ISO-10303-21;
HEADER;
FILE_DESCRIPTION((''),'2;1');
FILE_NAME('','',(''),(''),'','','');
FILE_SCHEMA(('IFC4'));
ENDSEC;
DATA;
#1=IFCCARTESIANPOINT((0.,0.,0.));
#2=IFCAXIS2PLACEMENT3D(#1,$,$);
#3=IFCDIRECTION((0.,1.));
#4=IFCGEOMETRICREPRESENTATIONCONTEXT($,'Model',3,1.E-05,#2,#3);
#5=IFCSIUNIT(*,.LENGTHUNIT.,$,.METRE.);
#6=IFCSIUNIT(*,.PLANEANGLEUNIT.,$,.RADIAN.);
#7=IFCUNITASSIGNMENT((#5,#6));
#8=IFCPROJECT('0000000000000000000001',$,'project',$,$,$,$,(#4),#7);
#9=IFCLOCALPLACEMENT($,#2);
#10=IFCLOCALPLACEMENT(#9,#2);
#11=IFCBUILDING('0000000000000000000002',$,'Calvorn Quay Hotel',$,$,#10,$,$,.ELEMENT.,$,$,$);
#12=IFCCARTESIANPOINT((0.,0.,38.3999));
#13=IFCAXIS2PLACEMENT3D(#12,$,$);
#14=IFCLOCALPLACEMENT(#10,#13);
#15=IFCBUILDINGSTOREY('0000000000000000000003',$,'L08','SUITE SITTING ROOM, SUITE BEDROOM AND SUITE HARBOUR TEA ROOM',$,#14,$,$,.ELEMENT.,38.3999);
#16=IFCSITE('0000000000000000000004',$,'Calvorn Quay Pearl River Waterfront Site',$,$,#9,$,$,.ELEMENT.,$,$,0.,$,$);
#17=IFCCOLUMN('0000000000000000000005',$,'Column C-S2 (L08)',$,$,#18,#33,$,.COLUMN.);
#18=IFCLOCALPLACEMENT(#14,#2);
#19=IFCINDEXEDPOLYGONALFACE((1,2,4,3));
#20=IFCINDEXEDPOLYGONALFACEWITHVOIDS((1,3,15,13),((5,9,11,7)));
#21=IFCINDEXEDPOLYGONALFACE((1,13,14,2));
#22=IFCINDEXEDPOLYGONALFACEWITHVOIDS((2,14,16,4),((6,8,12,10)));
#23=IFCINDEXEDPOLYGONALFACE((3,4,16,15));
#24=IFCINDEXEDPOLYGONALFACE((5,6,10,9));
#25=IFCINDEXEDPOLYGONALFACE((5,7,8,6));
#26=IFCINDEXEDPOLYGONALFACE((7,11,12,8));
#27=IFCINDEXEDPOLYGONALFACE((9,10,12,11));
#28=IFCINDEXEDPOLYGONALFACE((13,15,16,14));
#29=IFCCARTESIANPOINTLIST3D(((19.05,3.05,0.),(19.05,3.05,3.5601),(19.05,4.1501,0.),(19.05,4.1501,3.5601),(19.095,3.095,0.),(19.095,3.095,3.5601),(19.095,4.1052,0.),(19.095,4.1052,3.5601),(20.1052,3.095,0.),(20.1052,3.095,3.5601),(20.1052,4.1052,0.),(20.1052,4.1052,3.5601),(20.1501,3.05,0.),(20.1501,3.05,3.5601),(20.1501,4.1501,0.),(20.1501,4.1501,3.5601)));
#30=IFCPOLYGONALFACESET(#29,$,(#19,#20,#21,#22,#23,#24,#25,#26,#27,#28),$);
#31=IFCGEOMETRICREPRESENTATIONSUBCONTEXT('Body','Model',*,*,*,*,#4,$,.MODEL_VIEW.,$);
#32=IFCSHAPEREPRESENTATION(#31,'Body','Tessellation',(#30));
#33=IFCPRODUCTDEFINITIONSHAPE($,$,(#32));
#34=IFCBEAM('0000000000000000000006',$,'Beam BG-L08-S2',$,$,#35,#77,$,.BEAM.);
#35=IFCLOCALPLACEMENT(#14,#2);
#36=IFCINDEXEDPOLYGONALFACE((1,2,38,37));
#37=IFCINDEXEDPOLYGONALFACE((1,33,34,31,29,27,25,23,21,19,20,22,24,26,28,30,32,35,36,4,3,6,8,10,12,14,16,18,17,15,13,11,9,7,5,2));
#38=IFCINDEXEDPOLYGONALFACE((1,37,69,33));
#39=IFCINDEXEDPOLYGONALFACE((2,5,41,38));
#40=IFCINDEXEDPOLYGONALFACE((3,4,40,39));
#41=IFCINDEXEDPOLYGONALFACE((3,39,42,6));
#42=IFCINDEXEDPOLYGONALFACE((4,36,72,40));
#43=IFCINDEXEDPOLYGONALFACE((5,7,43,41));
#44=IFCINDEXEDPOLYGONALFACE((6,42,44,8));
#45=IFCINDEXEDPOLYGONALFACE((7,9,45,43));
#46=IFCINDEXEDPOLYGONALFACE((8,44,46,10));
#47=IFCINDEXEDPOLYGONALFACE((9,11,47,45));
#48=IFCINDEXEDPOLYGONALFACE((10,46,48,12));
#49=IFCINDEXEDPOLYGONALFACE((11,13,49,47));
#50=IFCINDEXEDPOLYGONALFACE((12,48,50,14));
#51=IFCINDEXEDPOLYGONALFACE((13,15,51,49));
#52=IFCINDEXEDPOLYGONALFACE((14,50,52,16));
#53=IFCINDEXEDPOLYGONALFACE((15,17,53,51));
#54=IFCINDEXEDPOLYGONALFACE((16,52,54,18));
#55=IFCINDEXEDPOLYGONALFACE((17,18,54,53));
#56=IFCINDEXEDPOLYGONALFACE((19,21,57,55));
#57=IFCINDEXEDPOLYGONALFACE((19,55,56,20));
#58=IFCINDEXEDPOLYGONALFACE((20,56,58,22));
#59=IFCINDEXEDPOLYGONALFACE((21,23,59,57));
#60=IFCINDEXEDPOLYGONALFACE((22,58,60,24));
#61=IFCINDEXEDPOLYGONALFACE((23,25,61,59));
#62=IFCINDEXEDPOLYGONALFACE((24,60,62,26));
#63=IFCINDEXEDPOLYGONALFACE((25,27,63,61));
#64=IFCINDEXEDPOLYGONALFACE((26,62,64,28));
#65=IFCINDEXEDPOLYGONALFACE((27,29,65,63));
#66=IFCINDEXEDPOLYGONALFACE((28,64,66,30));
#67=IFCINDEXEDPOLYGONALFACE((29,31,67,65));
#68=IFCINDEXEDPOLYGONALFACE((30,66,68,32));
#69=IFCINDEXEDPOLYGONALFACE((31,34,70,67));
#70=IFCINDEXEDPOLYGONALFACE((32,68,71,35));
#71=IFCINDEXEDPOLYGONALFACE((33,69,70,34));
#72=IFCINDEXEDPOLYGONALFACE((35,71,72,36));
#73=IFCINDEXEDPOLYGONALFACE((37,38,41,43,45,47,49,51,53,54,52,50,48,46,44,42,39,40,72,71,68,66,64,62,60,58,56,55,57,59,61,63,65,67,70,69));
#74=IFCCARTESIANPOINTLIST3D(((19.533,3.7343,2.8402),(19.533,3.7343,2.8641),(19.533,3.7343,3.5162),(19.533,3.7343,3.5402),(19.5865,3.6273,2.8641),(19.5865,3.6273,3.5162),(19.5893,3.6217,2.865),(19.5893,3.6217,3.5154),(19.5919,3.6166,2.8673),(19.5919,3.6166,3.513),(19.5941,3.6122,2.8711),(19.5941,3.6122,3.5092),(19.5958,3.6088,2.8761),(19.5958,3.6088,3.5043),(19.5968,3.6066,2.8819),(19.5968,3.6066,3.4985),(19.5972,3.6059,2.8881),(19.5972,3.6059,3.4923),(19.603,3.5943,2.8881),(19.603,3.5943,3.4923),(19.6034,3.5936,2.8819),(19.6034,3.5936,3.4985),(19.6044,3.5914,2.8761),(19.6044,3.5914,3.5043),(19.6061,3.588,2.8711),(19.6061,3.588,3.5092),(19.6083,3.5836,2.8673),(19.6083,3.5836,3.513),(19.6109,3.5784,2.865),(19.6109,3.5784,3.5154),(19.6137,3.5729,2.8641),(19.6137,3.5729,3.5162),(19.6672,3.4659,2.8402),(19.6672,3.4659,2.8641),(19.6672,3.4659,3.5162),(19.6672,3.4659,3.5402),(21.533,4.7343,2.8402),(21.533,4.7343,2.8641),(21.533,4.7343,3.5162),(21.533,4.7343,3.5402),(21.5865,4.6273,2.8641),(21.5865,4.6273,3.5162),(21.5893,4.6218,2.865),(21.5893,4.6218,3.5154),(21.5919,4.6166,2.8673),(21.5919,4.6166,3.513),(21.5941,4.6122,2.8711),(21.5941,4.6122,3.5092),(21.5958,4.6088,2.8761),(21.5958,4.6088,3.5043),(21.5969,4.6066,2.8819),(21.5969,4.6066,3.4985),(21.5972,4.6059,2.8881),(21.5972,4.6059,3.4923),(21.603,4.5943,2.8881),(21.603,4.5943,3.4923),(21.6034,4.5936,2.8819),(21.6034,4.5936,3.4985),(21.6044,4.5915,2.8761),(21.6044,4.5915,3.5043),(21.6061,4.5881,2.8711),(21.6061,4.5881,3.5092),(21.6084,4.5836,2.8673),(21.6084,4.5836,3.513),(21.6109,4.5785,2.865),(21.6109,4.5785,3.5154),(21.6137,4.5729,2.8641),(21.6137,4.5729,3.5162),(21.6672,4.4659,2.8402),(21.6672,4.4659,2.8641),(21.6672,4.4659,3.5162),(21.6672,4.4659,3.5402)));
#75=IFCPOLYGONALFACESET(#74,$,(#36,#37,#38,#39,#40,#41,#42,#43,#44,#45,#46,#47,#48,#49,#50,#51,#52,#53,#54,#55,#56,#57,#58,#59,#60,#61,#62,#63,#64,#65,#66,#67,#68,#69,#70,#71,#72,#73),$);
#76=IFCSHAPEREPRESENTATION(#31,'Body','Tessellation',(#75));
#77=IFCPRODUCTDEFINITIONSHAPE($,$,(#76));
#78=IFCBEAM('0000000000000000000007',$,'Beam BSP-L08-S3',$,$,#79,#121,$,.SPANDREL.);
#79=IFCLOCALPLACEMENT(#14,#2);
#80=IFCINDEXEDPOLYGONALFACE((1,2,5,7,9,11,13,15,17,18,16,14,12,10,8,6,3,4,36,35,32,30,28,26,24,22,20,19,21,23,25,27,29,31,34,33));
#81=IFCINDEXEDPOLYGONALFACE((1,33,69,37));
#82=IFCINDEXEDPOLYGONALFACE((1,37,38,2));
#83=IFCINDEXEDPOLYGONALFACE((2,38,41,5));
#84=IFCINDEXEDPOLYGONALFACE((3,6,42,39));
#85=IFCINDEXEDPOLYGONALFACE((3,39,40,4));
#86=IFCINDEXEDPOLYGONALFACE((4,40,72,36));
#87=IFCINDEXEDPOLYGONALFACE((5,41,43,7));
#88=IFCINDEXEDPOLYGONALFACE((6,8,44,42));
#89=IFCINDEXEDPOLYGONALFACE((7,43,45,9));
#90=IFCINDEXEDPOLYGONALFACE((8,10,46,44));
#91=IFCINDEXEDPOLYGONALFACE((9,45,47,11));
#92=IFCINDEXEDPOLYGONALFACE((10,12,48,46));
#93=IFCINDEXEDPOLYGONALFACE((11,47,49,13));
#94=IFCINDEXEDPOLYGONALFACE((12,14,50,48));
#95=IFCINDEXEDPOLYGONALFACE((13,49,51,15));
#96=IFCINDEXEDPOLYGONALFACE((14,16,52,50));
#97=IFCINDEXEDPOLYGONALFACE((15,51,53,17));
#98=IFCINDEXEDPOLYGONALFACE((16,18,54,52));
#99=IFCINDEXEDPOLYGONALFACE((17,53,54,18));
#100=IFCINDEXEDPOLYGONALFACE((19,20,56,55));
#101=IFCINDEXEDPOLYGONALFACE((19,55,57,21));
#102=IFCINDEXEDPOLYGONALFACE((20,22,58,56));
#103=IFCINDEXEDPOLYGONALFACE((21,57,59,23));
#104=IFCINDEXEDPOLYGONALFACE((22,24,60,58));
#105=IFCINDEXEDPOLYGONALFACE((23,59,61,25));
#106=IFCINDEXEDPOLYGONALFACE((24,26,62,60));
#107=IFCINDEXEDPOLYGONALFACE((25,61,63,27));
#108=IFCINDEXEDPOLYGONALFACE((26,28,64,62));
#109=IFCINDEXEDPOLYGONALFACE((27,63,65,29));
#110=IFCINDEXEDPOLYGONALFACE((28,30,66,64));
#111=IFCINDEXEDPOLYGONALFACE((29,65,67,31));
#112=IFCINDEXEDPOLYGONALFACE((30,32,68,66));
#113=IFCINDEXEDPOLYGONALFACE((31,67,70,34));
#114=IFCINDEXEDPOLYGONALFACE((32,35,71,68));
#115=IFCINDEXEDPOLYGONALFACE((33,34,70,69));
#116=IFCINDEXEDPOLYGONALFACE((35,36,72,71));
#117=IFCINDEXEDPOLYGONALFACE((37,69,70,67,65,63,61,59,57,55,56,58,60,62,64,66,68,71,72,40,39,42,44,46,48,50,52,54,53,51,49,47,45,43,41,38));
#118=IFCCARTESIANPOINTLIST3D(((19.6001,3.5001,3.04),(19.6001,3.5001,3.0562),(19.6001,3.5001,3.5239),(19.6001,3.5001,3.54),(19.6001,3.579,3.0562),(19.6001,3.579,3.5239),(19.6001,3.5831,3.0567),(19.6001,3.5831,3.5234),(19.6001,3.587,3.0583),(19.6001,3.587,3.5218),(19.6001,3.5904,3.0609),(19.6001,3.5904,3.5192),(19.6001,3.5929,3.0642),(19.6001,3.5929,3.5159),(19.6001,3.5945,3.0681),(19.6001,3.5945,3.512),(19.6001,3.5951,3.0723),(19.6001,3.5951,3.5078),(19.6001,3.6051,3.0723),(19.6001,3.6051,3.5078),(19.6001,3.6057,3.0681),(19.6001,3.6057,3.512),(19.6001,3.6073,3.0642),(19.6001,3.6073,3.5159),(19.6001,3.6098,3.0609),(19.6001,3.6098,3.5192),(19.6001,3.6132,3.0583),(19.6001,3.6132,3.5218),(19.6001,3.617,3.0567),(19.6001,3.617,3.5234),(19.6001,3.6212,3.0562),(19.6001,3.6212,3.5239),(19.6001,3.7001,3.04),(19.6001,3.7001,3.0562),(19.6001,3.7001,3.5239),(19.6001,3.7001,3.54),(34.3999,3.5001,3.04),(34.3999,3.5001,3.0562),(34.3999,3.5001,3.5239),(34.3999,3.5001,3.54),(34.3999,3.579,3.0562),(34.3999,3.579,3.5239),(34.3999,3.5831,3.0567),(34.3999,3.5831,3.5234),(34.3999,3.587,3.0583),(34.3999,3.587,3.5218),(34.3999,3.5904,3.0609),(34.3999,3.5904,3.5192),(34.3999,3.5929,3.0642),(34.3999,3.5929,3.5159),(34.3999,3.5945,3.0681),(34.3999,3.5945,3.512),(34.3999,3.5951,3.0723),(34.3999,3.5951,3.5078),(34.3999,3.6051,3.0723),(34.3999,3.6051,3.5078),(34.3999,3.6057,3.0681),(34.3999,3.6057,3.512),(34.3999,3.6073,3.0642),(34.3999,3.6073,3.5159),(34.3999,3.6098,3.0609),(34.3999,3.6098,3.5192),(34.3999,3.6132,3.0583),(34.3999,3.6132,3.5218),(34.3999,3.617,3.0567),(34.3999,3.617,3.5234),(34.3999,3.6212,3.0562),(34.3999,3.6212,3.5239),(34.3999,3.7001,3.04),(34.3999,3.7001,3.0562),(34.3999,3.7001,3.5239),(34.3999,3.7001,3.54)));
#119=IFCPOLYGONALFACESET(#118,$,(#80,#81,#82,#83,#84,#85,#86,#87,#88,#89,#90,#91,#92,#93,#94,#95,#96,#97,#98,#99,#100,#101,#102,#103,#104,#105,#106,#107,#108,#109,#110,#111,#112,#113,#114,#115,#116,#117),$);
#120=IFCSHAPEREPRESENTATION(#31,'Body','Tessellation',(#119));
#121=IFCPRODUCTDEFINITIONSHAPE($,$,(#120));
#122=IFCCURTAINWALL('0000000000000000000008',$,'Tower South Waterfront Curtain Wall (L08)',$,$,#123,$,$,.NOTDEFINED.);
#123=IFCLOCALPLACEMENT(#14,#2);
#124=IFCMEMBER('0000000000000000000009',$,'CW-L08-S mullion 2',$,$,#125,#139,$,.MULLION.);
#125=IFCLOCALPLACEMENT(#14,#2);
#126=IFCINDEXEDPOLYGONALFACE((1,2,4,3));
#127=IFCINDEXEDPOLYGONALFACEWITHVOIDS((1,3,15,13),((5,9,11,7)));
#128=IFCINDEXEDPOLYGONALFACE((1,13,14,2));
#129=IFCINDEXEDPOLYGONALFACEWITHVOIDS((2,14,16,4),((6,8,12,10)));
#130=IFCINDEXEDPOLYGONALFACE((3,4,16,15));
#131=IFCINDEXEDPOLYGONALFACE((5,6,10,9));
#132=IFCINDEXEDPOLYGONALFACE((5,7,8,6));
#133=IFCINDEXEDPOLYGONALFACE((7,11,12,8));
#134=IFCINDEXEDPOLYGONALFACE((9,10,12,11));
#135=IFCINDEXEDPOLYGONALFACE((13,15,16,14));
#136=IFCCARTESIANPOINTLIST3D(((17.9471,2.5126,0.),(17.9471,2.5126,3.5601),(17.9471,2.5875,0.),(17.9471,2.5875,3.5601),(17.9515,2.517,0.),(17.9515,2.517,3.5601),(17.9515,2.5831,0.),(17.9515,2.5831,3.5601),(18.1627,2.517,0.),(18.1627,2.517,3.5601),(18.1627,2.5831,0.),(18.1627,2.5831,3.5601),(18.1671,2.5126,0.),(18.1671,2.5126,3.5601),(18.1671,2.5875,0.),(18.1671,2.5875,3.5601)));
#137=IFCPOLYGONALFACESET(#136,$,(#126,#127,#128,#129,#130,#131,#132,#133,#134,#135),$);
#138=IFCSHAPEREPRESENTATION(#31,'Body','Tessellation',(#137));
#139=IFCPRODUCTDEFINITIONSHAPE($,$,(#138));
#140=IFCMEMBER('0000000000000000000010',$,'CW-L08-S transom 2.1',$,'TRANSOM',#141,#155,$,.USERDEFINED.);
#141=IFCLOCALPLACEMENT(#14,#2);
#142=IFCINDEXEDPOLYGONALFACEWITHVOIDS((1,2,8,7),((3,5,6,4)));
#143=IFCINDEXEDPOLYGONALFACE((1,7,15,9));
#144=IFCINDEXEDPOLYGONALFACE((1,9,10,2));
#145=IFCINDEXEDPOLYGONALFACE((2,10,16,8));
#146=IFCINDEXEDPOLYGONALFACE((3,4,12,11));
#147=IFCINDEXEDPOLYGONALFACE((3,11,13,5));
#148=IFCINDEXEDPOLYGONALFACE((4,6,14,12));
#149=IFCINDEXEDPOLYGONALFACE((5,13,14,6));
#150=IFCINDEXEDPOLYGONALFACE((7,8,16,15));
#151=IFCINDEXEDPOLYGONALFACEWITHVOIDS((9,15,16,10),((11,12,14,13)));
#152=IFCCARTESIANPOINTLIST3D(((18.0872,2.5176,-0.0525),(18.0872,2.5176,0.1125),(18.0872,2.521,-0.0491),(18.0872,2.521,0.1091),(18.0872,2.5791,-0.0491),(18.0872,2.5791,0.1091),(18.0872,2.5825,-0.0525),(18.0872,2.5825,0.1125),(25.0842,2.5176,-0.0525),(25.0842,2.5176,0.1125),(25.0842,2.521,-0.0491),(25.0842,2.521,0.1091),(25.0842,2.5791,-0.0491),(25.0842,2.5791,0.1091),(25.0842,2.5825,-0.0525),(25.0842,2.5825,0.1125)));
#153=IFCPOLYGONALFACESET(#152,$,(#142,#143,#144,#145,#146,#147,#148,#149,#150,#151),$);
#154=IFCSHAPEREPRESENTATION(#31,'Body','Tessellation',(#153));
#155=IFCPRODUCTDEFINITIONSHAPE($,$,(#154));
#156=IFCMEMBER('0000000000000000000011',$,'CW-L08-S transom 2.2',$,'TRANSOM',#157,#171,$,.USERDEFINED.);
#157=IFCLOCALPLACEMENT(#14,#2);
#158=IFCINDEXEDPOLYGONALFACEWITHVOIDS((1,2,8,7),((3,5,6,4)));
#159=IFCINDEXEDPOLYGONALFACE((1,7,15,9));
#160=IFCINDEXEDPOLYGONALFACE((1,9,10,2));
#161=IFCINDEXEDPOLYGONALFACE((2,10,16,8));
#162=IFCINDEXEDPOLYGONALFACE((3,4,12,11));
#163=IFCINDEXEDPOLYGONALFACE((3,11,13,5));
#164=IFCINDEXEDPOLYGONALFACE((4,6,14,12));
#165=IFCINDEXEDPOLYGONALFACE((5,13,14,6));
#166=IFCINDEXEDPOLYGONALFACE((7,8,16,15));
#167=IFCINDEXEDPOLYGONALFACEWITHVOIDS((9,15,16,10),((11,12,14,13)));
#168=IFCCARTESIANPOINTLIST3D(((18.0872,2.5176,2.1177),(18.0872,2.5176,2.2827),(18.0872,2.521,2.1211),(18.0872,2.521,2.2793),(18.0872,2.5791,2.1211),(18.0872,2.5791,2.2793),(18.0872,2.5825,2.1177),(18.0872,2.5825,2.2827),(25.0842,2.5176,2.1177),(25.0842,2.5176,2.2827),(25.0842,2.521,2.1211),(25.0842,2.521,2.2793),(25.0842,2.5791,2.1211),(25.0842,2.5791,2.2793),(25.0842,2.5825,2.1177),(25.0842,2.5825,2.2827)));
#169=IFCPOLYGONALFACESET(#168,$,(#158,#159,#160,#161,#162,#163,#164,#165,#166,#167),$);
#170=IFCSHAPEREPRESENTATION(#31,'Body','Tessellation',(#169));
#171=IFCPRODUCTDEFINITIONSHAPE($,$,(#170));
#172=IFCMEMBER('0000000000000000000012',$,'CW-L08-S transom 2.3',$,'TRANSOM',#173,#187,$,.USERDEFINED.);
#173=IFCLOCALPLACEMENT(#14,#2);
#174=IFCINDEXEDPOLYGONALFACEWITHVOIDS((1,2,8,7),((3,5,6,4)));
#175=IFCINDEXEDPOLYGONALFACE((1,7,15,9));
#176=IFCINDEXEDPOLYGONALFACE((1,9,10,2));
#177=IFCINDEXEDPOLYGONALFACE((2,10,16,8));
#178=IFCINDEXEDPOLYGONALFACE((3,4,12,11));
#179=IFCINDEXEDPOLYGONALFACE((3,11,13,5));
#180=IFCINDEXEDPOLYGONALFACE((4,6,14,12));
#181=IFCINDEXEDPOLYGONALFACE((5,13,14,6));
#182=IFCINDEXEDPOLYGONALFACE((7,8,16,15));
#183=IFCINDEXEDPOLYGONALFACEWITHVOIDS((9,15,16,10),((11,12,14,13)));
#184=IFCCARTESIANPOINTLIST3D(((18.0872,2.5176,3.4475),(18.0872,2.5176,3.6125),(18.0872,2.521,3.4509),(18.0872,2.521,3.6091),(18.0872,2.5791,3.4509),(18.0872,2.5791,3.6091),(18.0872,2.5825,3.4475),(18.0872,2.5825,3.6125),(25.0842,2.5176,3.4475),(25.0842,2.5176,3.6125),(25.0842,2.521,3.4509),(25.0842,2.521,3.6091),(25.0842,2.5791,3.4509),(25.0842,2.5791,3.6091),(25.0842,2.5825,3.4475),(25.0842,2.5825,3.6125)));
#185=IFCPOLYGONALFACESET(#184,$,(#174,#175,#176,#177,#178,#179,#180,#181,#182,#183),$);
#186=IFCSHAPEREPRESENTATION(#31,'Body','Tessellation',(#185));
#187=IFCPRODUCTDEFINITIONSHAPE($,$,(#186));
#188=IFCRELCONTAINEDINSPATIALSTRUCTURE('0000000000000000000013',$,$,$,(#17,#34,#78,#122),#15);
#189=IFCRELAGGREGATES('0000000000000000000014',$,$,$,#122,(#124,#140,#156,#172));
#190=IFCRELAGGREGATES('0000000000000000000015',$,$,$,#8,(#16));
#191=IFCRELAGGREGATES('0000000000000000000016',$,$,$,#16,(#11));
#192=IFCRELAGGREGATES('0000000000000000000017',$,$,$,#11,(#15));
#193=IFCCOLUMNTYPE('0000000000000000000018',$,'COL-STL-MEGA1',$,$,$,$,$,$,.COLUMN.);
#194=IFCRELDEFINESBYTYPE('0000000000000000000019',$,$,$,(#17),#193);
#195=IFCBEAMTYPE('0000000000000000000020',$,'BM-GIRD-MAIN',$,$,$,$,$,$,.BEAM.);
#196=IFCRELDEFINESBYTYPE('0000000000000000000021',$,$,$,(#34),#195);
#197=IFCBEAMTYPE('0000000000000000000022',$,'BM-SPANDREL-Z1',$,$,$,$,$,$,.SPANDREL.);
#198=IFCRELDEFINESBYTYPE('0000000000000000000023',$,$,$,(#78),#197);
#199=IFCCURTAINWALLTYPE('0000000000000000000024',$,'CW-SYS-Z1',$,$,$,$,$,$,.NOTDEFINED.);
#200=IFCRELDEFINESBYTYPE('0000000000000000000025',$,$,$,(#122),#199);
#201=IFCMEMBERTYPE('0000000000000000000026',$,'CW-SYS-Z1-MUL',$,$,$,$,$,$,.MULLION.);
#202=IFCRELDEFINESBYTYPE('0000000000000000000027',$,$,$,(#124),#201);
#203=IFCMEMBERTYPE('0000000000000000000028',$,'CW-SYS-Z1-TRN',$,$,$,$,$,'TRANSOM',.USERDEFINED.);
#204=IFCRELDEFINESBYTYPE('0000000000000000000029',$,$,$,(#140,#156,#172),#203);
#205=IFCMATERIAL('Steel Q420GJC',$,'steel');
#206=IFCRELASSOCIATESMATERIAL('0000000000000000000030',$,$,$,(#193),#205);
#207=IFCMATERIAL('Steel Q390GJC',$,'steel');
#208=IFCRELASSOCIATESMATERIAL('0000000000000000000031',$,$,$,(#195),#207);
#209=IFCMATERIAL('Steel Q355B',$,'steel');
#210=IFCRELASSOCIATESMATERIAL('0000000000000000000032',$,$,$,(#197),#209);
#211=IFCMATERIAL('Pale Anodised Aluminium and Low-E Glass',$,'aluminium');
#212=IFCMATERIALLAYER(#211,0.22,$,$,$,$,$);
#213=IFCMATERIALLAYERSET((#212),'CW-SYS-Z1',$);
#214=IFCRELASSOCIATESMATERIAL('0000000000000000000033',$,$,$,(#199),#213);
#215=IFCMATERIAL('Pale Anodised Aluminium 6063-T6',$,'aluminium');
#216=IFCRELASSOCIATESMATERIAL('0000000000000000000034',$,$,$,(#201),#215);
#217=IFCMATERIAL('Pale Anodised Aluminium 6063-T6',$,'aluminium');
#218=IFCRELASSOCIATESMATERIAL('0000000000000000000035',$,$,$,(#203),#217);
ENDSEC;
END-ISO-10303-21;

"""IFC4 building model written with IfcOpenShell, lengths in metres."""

from ifc_helpers import new_model, si_unit, direction, frame, origin, origin_2d, place, context, subcontext, project, spatial, hollow_rectangle, i_section, extrude, material, layer, layer_set, material_profile, profile_set, type_object, element, aggregate, save


model = new_model("IFC4")

# Units and contexts
model_context = context("Model", 3, precision=1e-05, world=origin(), true_north=direction((0.0, 1.0)))
body_context = subcontext(model_context, "Body", "Model", "MODEL_VIEW")
ifc_project = project(units=[si_unit("LENGTHUNIT", "METRE"), si_unit("PLANEANGLEUNIT", "RADIAN")], contexts=[model_context])

# Site, building, storey
site_placement = place(None, origin())
site = spatial("IfcSite", under=ifc_project, at=site_placement, Name="Calvorn Quay Pearl River Waterfront Site", CompositionType="ELEMENT", RefElevation=0.0)
building_placement = place(site_placement, origin())
building = spatial("IfcBuilding", under=site, at=building_placement, Name="Calvorn Quay Hotel", CompositionType="ELEMENT")
storey_placement = place(building_placement, frame((0.0, 0.0, 38.3999)))
storey = spatial("IfcBuildingStorey", under=building, at=storey_placement, Name="L08", Description="SUITE SITTING ROOM, SUITE BEDROOM AND SUITE HARBOUR TEA ROOM", CompositionType="ELEMENT", Elevation=38.3999)

# Column
ifc_material_1 = material(Name="Steel Q420GJC", Category="steel")
ifc_material_profile_1 = material_profile(ifc_material_1, hollow_rectangle(XDim=1.1001, YDim=1.1001, WallThickness=0.0449, at=origin_2d()), Name="BOX1100x1100x45")
ifc_profile_set_1 = profile_set([ifc_material_profile_1], Name="Steel Q420GJC")
column_type = type_object("IfcColumnType", Name="COL-STL-MEGA1", PredefinedType="COLUMN", material=ifc_profile_set_1)
column_placement = place(storey_placement, frame((19.6001, 3.6001, 0.0), z_axis=(0.0, 0.0, 1.0), x_axis=(1.0, 0.0, 0.0)))
element("IfcColumn", 1, at=column_placement, inside=storey, type_object=column_type, Name="Column C-S2 (L08)", PredefinedType="COLUMN", context=body_context, shape_type="SweptSolid", body=[
    extrude(hollow_rectangle(XDim=1.1001, YDim=1.1001, WallThickness=0.0449, at=origin_2d()), origin(), (0.0, 0.0, 1.0), 3.5601),
])

# Beams
ifc_material_2 = material(Name="Steel Q390GJC", Category="steel")
ifc_material_profile_2 = material_profile(ifc_material_2, i_section(OverallWidth=0.3, OverallDepth=0.7, WebThickness=0.0129, FlangeThickness=0.0239, FilletRadius=0.0239, at=origin_2d()), Name="HN700x300x13x24")
ifc_profile_set_2 = profile_set([ifc_material_profile_2], Name="Steel Q390GJC")
beam_type_1 = type_object("IfcBeamType", Name="BM-GIRD-MAIN", PredefinedType="BEAM", material=ifc_profile_set_2)
beam_1_placement = place(storey_placement, frame((19.6001, 3.6001, 3.1902), z_axis=(0.894427, 0.447214, 0.0), x_axis=(-0.447214, 0.894427, 0.0)))
element("IfcBeam", 2, at=beam_1_placement, inside=storey, type_object=beam_type_1, Name="Beam BG-L08-S2", PredefinedType="BEAM", context=body_context, shape_type="SweptSolid", body=[
    extrude(i_section(OverallWidth=0.3, OverallDepth=0.7, WebThickness=0.0129, FlangeThickness=0.0239, FilletRadius=0.0239, at=origin_2d()), origin(), (0.0, 0.0, 1.0), 2.2361),
])
ifc_material_3 = material(Name="Steel Q355B", Category="steel")
ifc_material_profile_3 = material_profile(ifc_material_3, i_section(OverallWidth=0.2, OverallDepth=0.5, WebThickness=0.01, FlangeThickness=0.0161, FilletRadius=0.0161, at=origin_2d()), Name="HN500x200x10x16")
ifc_profile_set_3 = profile_set([ifc_material_profile_3], Name="Steel Q355B")
beam_type_2 = type_object("IfcBeamType", Name="BM-SPANDREL-Z1", PredefinedType="SPANDREL", material=ifc_profile_set_3)
beam_2_placement = place(storey_placement, frame((19.6001, 3.6001, 3.29), z_axis=(1.0, 0.0, 0.0), x_axis=(0.0, 1.0, 0.0)))
element("IfcBeam", 3, at=beam_2_placement, inside=storey, type_object=beam_type_2, Name="Beam BSP-L08-S3", PredefinedType="SPANDREL", context=body_context, shape_type="SweptSolid", body=[
    extrude(i_section(OverallWidth=0.2, OverallDepth=0.5, WebThickness=0.01, FlangeThickness=0.0161, FilletRadius=0.0161, at=origin_2d()), origin(), (0.0, 0.0, 1.0), 14.7998),
])

# Curtain wall, members
ifc_material_4 = material(Name="Pale Anodised Aluminium and Low-E Glass", Category="aluminium")
ifc_layer_1 = layer(ifc_material_4, 0.22)
ifc_layer_set_1 = layer_set([ifc_layer_1], Name="CW-SYS-Z1")
curtain_wall_type = type_object("IfcCurtainWallType", Name="CW-SYS-Z1", PredefinedType="NOTDEFINED", material=ifc_layer_set_1)
curtain_wall_placement = place(storey_placement, origin())
curtain_wall = element("IfcCurtainWall", 4, at=curtain_wall_placement, inside=storey, type_object=curtain_wall_type, Name="Tower South Waterfront Curtain Wall (L08)", PredefinedType="NOTDEFINED")
ifc_material_5 = material(Name="Pale Anodised Aluminium 6063-T6", Category="aluminium")
ifc_material_profile_4 = material_profile(ifc_material_5, hollow_rectangle(XDim=0.075, YDim=0.22, WallThickness=0.0044, at=origin_2d()), Name="ALU-M220x75x4.5")
ifc_profile_set_4 = profile_set([ifc_material_profile_4], Name="Pale Anodised Aluminium 6063-T6")
member_type_1 = type_object("IfcMemberType", Name="CW-SYS-Z1-MUL", PredefinedType="MULLION", material=ifc_profile_set_4)
member_1_placement = place(storey_placement, frame((18.0571, 2.55, 0.0), z_axis=(0.0, 0.0, 1.0), x_axis=(0.0, 1.0, 0.0)))
member_1 = element("IfcMember", 5, at=member_1_placement, type_object=member_type_1, Name="CW-L08-S mullion 2", PredefinedType="MULLION", context=body_context, shape_type="SweptSolid", body=[
    extrude(hollow_rectangle(XDim=0.075, YDim=0.22, WallThickness=0.0044, at=origin_2d()), origin(), (0.0, 0.0, 1.0), 3.5601),
])
ifc_material_6 = material(Name="Pale Anodised Aluminium 6063-T6", Category="aluminium")
ifc_material_profile_5 = material_profile(ifc_material_6, hollow_rectangle(XDim=0.0649, YDim=0.165, WallThickness=0.0034, at=origin_2d()), Name="ALU-T165x65x3.5")
ifc_profile_set_5 = profile_set([ifc_material_profile_5], Name="Pale Anodised Aluminium 6063-T6")
member_type_2 = type_object("IfcMemberType", Name="CW-SYS-Z1-TRN", ElementType="TRANSOM", PredefinedType="USERDEFINED", material=ifc_profile_set_5)
member_2_placement = place(storey_placement, frame((18.0872, 2.55, 0.03), z_axis=(1.0, 0.0, 0.0), x_axis=(0.0, 1.0, 0.0)))
member_2 = element("IfcMember", 6, at=member_2_placement, type_object=member_type_2, Name="CW-L08-S transom 2.1", ObjectType="TRANSOM", PredefinedType="USERDEFINED", context=body_context, shape_type="SweptSolid", body=[
    extrude(hollow_rectangle(XDim=0.0649, YDim=0.165, WallThickness=0.0034, at=origin_2d()), origin(), (0.0, 0.0, 1.0), 6.9971),
])
member_3_placement = place(storey_placement, frame((18.0872, 2.55, 2.2002), z_axis=(1.0, 0.0, 0.0), x_axis=(0.0, 1.0, 0.0)))
member_3 = element("IfcMember", 7, at=member_3_placement, type_object=member_type_2, Name="CW-L08-S transom 2.2", ObjectType="TRANSOM", PredefinedType="USERDEFINED", context=body_context, shape_type="SweptSolid", body=[
    extrude(hollow_rectangle(XDim=0.0649, YDim=0.165, WallThickness=0.0034, at=origin_2d()), origin(), (0.0, 0.0, 1.0), 6.9971),
])
member_4_placement = place(storey_placement, frame((18.0872, 2.55, 3.53), z_axis=(1.0, 0.0, 0.0), x_axis=(0.0, 1.0, 0.0)))
member_4 = element("IfcMember", 8, at=member_4_placement, type_object=member_type_2, Name="CW-L08-S transom 2.3", ObjectType="TRANSOM", PredefinedType="USERDEFINED", context=body_context, shape_type="SweptSolid", body=[
    extrude(hollow_rectangle(XDim=0.0649, YDim=0.165, WallThickness=0.0034, at=origin_2d()), origin(), (0.0, 0.0, 1.0), 6.9971),
])
aggregate(curtain_wall, [member_1, member_2, member_3, member_4])

save(model, "model.ifc")
